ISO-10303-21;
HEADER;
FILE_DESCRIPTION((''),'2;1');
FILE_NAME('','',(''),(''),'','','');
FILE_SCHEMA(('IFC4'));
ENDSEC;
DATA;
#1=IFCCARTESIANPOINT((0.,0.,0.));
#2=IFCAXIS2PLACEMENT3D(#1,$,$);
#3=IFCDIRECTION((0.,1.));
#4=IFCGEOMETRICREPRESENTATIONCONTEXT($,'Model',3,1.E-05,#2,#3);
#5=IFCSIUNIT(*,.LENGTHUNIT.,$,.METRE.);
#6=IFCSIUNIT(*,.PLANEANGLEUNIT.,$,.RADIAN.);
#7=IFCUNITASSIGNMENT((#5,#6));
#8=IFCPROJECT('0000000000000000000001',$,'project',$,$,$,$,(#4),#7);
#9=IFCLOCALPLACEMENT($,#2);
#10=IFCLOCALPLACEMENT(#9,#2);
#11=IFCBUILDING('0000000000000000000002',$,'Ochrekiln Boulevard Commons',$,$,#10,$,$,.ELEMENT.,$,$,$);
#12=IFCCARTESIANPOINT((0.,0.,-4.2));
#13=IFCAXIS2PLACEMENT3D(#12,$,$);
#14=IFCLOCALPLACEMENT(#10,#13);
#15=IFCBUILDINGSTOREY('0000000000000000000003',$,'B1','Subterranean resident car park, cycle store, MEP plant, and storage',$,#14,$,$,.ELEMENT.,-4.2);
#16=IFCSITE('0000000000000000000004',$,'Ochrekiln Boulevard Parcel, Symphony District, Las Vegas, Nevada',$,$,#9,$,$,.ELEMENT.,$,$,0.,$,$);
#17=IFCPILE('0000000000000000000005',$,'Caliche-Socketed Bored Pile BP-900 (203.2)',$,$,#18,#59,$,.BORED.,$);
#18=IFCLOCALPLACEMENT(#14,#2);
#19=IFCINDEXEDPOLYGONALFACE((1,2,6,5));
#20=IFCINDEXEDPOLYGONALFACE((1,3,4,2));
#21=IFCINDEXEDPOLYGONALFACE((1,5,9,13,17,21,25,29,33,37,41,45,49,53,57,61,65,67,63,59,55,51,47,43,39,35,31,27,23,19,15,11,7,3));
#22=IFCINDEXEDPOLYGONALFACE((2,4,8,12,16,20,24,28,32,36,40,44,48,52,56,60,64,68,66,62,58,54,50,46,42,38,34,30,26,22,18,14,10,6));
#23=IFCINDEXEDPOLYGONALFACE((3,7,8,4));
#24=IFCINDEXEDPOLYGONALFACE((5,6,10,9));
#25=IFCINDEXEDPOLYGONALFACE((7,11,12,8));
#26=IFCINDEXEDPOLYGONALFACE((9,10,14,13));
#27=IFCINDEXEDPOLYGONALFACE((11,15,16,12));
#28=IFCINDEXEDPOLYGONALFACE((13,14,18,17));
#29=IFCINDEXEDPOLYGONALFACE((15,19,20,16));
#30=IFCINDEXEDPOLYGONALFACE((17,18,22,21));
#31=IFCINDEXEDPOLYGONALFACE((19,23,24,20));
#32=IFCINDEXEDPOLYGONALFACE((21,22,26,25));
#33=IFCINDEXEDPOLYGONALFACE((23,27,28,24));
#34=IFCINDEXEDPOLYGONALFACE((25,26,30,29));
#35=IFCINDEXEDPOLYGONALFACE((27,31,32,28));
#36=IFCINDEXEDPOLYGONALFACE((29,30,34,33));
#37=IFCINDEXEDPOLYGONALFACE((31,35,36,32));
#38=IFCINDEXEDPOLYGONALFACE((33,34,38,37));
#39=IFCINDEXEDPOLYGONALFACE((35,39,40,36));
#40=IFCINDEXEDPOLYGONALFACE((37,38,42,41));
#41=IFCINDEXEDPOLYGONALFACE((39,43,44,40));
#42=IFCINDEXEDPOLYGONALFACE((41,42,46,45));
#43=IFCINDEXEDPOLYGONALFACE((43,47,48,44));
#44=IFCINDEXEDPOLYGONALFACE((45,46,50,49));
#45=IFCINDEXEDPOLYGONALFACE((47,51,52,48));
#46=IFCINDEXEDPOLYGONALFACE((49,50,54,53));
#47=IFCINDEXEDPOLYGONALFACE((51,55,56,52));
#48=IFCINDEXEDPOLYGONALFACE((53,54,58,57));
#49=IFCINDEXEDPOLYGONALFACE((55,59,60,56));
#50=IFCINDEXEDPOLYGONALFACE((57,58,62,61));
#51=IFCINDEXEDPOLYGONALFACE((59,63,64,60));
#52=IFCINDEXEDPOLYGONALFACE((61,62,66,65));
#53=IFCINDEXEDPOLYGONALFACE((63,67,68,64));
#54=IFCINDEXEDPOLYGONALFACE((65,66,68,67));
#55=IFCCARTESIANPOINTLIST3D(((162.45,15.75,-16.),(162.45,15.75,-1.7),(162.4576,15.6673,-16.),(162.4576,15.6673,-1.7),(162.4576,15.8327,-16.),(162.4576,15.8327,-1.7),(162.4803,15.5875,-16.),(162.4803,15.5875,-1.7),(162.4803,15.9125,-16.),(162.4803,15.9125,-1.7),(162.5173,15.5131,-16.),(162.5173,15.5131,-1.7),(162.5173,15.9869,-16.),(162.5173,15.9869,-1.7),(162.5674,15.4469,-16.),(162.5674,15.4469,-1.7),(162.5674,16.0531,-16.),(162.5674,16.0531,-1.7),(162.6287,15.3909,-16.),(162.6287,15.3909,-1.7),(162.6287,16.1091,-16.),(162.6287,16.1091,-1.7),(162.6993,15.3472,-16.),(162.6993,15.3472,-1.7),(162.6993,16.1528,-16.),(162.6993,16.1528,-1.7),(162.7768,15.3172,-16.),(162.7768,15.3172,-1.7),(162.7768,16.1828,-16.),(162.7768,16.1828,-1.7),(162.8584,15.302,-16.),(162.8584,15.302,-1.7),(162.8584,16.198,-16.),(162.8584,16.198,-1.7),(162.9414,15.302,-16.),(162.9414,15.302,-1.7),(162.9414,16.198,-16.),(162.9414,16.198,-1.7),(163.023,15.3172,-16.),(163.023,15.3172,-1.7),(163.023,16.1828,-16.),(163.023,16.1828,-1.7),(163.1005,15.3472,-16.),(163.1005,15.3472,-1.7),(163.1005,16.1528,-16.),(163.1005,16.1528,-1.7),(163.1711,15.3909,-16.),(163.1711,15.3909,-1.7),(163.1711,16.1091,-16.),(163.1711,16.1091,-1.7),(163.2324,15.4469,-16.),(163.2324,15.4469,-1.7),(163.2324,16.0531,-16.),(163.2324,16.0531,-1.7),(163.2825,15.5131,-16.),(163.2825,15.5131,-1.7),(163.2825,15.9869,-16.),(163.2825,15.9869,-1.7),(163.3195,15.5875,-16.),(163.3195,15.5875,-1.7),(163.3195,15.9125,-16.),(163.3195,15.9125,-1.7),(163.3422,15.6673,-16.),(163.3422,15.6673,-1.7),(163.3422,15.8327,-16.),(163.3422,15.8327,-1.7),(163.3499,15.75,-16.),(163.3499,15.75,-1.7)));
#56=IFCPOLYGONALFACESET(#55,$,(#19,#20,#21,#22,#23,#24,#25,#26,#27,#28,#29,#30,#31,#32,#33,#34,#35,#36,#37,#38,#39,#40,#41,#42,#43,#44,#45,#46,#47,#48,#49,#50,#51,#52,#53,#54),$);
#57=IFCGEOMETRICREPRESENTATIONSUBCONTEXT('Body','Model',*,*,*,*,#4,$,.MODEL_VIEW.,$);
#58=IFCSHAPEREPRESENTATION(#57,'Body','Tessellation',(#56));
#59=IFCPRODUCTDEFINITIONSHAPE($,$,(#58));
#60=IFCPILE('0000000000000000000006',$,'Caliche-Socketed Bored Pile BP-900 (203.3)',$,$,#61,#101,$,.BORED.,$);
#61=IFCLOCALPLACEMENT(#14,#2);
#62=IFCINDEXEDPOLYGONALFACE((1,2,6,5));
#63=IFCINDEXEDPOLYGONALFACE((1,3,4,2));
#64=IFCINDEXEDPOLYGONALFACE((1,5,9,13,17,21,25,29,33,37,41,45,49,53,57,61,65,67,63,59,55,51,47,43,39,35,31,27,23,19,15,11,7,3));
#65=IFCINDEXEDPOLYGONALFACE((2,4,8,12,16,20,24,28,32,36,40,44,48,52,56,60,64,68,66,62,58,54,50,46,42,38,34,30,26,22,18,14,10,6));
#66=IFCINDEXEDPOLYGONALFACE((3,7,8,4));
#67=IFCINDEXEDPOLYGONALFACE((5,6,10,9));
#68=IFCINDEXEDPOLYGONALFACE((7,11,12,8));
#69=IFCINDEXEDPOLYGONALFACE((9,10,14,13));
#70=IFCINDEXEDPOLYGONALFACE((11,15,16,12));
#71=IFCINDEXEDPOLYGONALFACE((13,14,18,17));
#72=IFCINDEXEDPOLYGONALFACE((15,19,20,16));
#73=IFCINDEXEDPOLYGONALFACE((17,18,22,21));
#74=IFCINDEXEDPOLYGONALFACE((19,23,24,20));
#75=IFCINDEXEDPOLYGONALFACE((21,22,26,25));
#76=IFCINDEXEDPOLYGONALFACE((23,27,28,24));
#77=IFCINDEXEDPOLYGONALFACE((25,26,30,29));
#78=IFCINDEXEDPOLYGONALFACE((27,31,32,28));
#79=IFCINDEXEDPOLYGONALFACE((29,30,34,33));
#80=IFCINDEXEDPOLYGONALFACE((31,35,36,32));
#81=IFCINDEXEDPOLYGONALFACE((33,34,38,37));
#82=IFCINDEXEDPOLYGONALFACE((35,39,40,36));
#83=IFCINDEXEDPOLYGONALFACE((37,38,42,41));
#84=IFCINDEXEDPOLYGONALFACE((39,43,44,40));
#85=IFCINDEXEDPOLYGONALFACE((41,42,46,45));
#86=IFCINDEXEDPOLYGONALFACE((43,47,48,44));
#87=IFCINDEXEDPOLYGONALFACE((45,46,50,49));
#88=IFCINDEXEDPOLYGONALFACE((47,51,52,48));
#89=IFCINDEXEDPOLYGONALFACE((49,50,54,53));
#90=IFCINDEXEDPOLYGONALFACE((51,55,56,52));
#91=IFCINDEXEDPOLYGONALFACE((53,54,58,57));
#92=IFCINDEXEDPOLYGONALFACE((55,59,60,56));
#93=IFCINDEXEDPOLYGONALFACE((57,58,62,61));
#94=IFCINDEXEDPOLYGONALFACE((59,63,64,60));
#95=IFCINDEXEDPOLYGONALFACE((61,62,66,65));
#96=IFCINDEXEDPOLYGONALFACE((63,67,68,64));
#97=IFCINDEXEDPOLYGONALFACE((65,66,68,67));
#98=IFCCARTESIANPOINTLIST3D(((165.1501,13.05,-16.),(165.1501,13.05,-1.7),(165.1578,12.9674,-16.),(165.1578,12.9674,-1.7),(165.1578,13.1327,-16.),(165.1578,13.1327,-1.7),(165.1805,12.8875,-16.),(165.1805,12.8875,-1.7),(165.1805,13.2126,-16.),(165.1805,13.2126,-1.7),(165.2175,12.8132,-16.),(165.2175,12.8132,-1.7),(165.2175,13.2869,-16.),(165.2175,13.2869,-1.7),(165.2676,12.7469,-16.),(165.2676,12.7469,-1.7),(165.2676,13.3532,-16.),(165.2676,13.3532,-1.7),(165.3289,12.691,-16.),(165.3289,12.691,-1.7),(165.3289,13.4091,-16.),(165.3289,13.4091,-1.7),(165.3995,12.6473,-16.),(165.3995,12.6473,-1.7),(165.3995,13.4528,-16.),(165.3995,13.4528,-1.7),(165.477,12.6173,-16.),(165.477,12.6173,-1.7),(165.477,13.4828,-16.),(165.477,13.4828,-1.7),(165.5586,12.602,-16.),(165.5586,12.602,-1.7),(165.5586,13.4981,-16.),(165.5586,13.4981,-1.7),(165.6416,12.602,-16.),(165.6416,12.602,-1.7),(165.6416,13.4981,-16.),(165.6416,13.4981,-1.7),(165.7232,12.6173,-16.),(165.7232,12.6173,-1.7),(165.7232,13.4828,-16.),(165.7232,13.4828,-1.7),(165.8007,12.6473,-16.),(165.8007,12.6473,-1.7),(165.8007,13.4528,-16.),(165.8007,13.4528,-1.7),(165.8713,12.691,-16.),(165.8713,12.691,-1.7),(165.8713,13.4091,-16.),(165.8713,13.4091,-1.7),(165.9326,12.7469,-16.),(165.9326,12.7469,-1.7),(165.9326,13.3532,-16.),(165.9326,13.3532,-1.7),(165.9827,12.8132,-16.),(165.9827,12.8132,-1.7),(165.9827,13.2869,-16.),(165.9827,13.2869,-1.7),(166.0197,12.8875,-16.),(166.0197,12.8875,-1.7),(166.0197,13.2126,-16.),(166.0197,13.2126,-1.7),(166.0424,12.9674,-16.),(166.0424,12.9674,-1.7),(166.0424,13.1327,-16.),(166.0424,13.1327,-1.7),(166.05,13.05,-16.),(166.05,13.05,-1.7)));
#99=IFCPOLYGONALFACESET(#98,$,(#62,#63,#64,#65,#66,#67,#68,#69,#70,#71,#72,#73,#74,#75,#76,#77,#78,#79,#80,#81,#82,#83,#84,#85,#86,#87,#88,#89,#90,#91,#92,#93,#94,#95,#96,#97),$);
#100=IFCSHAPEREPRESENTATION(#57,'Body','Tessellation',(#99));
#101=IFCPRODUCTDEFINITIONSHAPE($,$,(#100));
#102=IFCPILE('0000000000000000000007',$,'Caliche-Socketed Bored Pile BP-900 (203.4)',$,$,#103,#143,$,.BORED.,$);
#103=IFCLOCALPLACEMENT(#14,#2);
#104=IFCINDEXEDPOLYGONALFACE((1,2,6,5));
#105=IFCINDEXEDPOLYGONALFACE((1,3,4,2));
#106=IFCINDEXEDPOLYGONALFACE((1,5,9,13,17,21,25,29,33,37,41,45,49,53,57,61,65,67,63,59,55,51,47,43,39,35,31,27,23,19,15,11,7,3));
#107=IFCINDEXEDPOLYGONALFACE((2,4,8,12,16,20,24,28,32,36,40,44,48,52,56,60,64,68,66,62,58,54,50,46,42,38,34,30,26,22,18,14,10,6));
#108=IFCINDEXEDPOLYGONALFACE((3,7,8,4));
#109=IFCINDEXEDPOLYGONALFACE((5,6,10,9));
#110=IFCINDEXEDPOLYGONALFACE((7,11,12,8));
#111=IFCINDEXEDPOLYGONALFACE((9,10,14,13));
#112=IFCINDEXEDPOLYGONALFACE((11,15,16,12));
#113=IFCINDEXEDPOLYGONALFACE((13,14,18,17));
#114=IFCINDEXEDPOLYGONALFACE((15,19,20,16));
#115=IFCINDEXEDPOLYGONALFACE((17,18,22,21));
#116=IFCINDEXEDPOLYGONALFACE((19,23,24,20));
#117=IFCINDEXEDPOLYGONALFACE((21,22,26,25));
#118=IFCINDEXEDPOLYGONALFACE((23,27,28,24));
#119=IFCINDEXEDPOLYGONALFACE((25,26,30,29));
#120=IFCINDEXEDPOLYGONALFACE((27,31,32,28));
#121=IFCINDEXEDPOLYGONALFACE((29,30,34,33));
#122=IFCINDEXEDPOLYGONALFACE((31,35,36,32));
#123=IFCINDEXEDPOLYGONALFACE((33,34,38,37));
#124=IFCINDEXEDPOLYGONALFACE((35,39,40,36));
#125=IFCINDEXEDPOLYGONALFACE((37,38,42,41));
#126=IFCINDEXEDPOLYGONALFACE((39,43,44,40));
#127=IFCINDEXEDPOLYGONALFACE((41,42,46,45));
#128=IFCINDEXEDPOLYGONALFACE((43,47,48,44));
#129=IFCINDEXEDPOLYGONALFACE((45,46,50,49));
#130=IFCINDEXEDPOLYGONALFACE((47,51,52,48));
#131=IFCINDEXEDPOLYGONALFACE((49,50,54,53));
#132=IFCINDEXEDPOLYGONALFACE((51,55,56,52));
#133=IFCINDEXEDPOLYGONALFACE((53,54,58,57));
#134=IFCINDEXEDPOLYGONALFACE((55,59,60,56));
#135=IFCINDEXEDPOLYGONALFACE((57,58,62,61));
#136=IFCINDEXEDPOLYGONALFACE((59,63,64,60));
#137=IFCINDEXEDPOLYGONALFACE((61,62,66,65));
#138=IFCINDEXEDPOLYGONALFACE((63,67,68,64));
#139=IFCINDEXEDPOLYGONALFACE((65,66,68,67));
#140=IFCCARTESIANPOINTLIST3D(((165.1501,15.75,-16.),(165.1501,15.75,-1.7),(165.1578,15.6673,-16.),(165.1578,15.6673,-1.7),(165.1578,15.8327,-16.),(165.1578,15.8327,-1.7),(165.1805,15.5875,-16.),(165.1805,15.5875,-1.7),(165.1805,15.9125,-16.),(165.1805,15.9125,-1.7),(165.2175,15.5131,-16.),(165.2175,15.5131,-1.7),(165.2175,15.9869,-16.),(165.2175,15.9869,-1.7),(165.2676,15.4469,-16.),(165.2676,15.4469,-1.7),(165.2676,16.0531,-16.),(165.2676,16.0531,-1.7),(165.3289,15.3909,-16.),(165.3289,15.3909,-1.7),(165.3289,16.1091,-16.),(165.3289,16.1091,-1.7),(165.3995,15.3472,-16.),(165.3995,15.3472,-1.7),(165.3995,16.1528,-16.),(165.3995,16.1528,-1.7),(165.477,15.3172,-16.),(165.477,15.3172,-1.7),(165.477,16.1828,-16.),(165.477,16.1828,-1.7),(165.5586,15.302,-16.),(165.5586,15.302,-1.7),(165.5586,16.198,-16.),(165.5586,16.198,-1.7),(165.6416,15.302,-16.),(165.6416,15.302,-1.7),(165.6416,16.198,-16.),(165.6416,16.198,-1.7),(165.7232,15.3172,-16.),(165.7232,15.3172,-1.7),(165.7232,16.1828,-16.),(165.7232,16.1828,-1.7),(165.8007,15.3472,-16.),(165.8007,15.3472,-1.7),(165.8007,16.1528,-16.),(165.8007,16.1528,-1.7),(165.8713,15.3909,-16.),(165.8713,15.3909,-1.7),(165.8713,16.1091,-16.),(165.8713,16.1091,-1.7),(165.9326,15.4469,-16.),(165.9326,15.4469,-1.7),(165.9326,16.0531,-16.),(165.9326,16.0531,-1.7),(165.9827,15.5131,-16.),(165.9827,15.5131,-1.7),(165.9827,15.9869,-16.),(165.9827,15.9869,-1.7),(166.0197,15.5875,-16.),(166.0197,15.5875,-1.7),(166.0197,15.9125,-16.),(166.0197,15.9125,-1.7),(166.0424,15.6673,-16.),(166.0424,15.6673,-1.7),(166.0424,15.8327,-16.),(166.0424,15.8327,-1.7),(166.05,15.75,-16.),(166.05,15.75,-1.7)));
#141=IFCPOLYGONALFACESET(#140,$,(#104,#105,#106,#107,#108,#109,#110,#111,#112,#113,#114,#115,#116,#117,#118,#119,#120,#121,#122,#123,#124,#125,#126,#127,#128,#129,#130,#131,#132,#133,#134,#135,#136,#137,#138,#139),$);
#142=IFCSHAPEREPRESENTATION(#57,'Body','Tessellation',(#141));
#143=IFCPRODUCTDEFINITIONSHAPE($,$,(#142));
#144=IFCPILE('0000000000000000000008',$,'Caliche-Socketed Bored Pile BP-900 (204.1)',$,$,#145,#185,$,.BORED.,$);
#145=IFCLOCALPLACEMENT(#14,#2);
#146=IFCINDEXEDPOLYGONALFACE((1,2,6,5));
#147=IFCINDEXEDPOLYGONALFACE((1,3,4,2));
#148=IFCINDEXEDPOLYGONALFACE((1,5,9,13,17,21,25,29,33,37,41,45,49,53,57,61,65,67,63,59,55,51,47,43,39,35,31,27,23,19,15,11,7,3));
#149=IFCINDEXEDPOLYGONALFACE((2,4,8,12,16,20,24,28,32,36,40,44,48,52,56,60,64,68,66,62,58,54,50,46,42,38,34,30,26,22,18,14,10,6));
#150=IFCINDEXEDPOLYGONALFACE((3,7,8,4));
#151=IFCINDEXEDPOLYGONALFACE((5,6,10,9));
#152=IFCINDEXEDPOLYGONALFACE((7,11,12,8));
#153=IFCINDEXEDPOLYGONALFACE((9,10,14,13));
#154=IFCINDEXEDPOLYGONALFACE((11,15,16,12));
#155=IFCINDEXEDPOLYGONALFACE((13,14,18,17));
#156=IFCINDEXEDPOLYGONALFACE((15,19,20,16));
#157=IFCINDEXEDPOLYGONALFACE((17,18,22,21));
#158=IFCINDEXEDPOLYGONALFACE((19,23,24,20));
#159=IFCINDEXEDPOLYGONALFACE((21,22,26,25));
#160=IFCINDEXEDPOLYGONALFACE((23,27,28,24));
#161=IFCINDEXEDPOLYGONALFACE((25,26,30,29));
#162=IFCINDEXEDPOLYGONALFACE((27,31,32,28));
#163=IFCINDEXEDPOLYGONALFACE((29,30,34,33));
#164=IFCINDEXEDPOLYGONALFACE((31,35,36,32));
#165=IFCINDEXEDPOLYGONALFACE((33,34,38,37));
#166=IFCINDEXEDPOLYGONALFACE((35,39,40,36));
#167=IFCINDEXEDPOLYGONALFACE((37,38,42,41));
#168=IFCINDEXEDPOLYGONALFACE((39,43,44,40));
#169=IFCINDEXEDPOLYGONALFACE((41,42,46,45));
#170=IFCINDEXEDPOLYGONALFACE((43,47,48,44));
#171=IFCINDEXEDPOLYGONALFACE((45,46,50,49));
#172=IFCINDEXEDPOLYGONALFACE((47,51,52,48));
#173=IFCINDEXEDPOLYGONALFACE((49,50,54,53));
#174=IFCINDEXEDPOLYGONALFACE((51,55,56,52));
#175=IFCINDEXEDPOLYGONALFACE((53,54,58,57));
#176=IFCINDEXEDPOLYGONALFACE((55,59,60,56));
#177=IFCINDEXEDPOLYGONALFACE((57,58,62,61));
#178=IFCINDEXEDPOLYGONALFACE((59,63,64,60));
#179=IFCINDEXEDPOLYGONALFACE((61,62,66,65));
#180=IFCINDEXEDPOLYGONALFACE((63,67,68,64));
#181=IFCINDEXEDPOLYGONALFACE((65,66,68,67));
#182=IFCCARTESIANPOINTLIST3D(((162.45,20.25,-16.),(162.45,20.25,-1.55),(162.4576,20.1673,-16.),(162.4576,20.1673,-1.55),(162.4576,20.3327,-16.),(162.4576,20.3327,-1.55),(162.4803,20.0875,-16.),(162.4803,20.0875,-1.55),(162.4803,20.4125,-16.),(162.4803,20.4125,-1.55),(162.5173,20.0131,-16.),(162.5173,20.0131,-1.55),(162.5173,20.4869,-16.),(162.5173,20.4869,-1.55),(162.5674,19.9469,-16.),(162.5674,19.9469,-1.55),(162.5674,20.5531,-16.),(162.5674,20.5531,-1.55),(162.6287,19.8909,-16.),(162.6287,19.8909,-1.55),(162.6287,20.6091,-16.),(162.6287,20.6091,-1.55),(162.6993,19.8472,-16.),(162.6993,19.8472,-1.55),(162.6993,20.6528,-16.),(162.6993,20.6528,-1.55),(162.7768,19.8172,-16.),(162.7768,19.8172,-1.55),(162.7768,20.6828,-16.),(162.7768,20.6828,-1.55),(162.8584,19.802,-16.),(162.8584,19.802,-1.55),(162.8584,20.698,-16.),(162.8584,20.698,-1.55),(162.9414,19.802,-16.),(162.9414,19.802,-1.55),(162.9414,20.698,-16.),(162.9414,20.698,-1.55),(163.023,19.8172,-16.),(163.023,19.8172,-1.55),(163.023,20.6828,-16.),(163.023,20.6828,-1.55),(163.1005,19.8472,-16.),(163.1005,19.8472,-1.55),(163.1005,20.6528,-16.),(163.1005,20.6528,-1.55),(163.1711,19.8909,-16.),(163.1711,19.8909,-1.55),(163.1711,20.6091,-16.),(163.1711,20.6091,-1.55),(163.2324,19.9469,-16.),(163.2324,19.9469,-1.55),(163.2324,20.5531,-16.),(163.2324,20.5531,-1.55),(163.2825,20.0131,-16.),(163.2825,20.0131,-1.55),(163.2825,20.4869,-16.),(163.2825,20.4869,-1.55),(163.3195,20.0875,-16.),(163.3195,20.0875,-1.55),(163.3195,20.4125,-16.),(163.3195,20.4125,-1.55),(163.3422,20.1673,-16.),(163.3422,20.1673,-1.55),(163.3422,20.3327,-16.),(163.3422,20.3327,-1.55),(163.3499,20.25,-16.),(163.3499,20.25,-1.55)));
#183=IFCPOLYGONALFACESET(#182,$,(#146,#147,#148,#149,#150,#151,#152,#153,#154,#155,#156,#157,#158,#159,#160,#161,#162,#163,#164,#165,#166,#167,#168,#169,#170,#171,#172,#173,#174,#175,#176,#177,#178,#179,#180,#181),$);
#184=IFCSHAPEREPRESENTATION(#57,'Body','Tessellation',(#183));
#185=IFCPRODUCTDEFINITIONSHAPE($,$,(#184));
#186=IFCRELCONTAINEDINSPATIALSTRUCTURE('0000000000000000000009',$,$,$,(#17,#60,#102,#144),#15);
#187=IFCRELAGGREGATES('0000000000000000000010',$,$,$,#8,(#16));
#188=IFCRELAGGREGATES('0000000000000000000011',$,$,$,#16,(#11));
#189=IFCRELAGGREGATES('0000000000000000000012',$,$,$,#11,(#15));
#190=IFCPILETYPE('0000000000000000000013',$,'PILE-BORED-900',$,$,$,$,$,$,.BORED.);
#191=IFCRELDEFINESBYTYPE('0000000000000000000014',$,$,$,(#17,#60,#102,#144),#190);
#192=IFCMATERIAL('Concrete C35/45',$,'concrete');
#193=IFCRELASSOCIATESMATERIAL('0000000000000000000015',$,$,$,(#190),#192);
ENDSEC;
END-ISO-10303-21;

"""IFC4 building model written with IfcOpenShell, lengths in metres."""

from ifc_helpers import new_model, si_unit, direction, frame, origin, origin_2d, place, context, subcontext, project, spatial, circle, extrude, material, material_profile, profile_set, type_object, element, save


model = new_model("IFC4")

# Units and contexts
model_context = context("Model", 3, precision=1e-05, world=origin(), true_north=direction((0.0, 1.0)))
body_context = subcontext(model_context, "Body", "Model", "MODEL_VIEW")
ifc_project = project(units=[si_unit("LENGTHUNIT", "METRE"), si_unit("PLANEANGLEUNIT", "RADIAN")], contexts=[model_context])

# Site, building, storey
site_placement = place(None, origin())
site = spatial("IfcSite", under=ifc_project, at=site_placement, Name="Ochrekiln Boulevard Parcel, Symphony District, Las Vegas, Nevada", CompositionType="ELEMENT", RefElevation=0.0)
building_placement = place(site_placement, origin())
building = spatial("IfcBuilding", under=site, at=building_placement, Name="Ochrekiln Boulevard Commons", CompositionType="ELEMENT")
storey_placement = place(building_placement, frame((0.0, 0.0, -4.2)))
storey = spatial("IfcBuildingStorey", under=building, at=storey_placement, Name="B1", Description="Subterranean resident car park, cycle store, MEP plant, and storage", CompositionType="ELEMENT", Elevation=-4.2)

# Shared definitions
ifc_material_1 = material(Name="Concrete C35/45", Category="concrete")

# Piles
ifc_material_profile_1 = material_profile(ifc_material_1, circle(Radius=0.45, at=origin_2d()), Name="PILE-D900")
ifc_profile_set_1 = profile_set([ifc_material_profile_1], Name="Concrete C35/45")
pile_type = type_object("IfcPileType", Name="PILE-BORED-900", PredefinedType="BORED", material=ifc_profile_set_1)
for number, where, z_axis, x_axis, name in (
    (1, (162.8999, 15.75, -1.7), (0.0, 0.0, -1.0), (1.0, 0.0, 0.0), "Caliche-Socketed Bored Pile BP-900 (203.2)"),
    (2, (165.6001, 13.05, -1.7), (0.0, 0.0, -1.0), (1.0, 0.0, 0.0), "Caliche-Socketed Bored Pile BP-900 (203.3)"),
    (3, (165.6001, 15.75, -1.7), (0.0, 0.0, -1.0), (1.0, 0.0, 0.0), "Caliche-Socketed Bored Pile BP-900 (203.4)"),
):
    element("IfcPile", number, at=place(storey_placement, frame(where, z_axis=z_axis, x_axis=x_axis)), inside=storey, type_object=pile_type, Name=name, PredefinedType="BORED", context=body_context, shape_type="SweptSolid", body=[
        extrude(circle(Radius=0.45, at=origin_2d()), origin(), (0.0, 0.0, 1.0), 14.3),
    ])
for number, where, z_axis, x_axis, name in (
    (4, (162.8999, 20.25, -1.55), (0.0, 0.0, -1.0), (1.0, 0.0, 0.0), "Caliche-Socketed Bored Pile BP-900 (204.1)"),
):
    element("IfcPile", number, at=place(storey_placement, frame(where, z_axis=z_axis, x_axis=x_axis)), inside=storey, type_object=pile_type, Name=name, PredefinedType="BORED", context=body_context, shape_type="SweptSolid", body=[
        extrude(circle(Radius=0.45, at=origin_2d()), origin(), (0.0, 0.0, 1.0), 14.45),
    ])

save(model, "model.ifc")
